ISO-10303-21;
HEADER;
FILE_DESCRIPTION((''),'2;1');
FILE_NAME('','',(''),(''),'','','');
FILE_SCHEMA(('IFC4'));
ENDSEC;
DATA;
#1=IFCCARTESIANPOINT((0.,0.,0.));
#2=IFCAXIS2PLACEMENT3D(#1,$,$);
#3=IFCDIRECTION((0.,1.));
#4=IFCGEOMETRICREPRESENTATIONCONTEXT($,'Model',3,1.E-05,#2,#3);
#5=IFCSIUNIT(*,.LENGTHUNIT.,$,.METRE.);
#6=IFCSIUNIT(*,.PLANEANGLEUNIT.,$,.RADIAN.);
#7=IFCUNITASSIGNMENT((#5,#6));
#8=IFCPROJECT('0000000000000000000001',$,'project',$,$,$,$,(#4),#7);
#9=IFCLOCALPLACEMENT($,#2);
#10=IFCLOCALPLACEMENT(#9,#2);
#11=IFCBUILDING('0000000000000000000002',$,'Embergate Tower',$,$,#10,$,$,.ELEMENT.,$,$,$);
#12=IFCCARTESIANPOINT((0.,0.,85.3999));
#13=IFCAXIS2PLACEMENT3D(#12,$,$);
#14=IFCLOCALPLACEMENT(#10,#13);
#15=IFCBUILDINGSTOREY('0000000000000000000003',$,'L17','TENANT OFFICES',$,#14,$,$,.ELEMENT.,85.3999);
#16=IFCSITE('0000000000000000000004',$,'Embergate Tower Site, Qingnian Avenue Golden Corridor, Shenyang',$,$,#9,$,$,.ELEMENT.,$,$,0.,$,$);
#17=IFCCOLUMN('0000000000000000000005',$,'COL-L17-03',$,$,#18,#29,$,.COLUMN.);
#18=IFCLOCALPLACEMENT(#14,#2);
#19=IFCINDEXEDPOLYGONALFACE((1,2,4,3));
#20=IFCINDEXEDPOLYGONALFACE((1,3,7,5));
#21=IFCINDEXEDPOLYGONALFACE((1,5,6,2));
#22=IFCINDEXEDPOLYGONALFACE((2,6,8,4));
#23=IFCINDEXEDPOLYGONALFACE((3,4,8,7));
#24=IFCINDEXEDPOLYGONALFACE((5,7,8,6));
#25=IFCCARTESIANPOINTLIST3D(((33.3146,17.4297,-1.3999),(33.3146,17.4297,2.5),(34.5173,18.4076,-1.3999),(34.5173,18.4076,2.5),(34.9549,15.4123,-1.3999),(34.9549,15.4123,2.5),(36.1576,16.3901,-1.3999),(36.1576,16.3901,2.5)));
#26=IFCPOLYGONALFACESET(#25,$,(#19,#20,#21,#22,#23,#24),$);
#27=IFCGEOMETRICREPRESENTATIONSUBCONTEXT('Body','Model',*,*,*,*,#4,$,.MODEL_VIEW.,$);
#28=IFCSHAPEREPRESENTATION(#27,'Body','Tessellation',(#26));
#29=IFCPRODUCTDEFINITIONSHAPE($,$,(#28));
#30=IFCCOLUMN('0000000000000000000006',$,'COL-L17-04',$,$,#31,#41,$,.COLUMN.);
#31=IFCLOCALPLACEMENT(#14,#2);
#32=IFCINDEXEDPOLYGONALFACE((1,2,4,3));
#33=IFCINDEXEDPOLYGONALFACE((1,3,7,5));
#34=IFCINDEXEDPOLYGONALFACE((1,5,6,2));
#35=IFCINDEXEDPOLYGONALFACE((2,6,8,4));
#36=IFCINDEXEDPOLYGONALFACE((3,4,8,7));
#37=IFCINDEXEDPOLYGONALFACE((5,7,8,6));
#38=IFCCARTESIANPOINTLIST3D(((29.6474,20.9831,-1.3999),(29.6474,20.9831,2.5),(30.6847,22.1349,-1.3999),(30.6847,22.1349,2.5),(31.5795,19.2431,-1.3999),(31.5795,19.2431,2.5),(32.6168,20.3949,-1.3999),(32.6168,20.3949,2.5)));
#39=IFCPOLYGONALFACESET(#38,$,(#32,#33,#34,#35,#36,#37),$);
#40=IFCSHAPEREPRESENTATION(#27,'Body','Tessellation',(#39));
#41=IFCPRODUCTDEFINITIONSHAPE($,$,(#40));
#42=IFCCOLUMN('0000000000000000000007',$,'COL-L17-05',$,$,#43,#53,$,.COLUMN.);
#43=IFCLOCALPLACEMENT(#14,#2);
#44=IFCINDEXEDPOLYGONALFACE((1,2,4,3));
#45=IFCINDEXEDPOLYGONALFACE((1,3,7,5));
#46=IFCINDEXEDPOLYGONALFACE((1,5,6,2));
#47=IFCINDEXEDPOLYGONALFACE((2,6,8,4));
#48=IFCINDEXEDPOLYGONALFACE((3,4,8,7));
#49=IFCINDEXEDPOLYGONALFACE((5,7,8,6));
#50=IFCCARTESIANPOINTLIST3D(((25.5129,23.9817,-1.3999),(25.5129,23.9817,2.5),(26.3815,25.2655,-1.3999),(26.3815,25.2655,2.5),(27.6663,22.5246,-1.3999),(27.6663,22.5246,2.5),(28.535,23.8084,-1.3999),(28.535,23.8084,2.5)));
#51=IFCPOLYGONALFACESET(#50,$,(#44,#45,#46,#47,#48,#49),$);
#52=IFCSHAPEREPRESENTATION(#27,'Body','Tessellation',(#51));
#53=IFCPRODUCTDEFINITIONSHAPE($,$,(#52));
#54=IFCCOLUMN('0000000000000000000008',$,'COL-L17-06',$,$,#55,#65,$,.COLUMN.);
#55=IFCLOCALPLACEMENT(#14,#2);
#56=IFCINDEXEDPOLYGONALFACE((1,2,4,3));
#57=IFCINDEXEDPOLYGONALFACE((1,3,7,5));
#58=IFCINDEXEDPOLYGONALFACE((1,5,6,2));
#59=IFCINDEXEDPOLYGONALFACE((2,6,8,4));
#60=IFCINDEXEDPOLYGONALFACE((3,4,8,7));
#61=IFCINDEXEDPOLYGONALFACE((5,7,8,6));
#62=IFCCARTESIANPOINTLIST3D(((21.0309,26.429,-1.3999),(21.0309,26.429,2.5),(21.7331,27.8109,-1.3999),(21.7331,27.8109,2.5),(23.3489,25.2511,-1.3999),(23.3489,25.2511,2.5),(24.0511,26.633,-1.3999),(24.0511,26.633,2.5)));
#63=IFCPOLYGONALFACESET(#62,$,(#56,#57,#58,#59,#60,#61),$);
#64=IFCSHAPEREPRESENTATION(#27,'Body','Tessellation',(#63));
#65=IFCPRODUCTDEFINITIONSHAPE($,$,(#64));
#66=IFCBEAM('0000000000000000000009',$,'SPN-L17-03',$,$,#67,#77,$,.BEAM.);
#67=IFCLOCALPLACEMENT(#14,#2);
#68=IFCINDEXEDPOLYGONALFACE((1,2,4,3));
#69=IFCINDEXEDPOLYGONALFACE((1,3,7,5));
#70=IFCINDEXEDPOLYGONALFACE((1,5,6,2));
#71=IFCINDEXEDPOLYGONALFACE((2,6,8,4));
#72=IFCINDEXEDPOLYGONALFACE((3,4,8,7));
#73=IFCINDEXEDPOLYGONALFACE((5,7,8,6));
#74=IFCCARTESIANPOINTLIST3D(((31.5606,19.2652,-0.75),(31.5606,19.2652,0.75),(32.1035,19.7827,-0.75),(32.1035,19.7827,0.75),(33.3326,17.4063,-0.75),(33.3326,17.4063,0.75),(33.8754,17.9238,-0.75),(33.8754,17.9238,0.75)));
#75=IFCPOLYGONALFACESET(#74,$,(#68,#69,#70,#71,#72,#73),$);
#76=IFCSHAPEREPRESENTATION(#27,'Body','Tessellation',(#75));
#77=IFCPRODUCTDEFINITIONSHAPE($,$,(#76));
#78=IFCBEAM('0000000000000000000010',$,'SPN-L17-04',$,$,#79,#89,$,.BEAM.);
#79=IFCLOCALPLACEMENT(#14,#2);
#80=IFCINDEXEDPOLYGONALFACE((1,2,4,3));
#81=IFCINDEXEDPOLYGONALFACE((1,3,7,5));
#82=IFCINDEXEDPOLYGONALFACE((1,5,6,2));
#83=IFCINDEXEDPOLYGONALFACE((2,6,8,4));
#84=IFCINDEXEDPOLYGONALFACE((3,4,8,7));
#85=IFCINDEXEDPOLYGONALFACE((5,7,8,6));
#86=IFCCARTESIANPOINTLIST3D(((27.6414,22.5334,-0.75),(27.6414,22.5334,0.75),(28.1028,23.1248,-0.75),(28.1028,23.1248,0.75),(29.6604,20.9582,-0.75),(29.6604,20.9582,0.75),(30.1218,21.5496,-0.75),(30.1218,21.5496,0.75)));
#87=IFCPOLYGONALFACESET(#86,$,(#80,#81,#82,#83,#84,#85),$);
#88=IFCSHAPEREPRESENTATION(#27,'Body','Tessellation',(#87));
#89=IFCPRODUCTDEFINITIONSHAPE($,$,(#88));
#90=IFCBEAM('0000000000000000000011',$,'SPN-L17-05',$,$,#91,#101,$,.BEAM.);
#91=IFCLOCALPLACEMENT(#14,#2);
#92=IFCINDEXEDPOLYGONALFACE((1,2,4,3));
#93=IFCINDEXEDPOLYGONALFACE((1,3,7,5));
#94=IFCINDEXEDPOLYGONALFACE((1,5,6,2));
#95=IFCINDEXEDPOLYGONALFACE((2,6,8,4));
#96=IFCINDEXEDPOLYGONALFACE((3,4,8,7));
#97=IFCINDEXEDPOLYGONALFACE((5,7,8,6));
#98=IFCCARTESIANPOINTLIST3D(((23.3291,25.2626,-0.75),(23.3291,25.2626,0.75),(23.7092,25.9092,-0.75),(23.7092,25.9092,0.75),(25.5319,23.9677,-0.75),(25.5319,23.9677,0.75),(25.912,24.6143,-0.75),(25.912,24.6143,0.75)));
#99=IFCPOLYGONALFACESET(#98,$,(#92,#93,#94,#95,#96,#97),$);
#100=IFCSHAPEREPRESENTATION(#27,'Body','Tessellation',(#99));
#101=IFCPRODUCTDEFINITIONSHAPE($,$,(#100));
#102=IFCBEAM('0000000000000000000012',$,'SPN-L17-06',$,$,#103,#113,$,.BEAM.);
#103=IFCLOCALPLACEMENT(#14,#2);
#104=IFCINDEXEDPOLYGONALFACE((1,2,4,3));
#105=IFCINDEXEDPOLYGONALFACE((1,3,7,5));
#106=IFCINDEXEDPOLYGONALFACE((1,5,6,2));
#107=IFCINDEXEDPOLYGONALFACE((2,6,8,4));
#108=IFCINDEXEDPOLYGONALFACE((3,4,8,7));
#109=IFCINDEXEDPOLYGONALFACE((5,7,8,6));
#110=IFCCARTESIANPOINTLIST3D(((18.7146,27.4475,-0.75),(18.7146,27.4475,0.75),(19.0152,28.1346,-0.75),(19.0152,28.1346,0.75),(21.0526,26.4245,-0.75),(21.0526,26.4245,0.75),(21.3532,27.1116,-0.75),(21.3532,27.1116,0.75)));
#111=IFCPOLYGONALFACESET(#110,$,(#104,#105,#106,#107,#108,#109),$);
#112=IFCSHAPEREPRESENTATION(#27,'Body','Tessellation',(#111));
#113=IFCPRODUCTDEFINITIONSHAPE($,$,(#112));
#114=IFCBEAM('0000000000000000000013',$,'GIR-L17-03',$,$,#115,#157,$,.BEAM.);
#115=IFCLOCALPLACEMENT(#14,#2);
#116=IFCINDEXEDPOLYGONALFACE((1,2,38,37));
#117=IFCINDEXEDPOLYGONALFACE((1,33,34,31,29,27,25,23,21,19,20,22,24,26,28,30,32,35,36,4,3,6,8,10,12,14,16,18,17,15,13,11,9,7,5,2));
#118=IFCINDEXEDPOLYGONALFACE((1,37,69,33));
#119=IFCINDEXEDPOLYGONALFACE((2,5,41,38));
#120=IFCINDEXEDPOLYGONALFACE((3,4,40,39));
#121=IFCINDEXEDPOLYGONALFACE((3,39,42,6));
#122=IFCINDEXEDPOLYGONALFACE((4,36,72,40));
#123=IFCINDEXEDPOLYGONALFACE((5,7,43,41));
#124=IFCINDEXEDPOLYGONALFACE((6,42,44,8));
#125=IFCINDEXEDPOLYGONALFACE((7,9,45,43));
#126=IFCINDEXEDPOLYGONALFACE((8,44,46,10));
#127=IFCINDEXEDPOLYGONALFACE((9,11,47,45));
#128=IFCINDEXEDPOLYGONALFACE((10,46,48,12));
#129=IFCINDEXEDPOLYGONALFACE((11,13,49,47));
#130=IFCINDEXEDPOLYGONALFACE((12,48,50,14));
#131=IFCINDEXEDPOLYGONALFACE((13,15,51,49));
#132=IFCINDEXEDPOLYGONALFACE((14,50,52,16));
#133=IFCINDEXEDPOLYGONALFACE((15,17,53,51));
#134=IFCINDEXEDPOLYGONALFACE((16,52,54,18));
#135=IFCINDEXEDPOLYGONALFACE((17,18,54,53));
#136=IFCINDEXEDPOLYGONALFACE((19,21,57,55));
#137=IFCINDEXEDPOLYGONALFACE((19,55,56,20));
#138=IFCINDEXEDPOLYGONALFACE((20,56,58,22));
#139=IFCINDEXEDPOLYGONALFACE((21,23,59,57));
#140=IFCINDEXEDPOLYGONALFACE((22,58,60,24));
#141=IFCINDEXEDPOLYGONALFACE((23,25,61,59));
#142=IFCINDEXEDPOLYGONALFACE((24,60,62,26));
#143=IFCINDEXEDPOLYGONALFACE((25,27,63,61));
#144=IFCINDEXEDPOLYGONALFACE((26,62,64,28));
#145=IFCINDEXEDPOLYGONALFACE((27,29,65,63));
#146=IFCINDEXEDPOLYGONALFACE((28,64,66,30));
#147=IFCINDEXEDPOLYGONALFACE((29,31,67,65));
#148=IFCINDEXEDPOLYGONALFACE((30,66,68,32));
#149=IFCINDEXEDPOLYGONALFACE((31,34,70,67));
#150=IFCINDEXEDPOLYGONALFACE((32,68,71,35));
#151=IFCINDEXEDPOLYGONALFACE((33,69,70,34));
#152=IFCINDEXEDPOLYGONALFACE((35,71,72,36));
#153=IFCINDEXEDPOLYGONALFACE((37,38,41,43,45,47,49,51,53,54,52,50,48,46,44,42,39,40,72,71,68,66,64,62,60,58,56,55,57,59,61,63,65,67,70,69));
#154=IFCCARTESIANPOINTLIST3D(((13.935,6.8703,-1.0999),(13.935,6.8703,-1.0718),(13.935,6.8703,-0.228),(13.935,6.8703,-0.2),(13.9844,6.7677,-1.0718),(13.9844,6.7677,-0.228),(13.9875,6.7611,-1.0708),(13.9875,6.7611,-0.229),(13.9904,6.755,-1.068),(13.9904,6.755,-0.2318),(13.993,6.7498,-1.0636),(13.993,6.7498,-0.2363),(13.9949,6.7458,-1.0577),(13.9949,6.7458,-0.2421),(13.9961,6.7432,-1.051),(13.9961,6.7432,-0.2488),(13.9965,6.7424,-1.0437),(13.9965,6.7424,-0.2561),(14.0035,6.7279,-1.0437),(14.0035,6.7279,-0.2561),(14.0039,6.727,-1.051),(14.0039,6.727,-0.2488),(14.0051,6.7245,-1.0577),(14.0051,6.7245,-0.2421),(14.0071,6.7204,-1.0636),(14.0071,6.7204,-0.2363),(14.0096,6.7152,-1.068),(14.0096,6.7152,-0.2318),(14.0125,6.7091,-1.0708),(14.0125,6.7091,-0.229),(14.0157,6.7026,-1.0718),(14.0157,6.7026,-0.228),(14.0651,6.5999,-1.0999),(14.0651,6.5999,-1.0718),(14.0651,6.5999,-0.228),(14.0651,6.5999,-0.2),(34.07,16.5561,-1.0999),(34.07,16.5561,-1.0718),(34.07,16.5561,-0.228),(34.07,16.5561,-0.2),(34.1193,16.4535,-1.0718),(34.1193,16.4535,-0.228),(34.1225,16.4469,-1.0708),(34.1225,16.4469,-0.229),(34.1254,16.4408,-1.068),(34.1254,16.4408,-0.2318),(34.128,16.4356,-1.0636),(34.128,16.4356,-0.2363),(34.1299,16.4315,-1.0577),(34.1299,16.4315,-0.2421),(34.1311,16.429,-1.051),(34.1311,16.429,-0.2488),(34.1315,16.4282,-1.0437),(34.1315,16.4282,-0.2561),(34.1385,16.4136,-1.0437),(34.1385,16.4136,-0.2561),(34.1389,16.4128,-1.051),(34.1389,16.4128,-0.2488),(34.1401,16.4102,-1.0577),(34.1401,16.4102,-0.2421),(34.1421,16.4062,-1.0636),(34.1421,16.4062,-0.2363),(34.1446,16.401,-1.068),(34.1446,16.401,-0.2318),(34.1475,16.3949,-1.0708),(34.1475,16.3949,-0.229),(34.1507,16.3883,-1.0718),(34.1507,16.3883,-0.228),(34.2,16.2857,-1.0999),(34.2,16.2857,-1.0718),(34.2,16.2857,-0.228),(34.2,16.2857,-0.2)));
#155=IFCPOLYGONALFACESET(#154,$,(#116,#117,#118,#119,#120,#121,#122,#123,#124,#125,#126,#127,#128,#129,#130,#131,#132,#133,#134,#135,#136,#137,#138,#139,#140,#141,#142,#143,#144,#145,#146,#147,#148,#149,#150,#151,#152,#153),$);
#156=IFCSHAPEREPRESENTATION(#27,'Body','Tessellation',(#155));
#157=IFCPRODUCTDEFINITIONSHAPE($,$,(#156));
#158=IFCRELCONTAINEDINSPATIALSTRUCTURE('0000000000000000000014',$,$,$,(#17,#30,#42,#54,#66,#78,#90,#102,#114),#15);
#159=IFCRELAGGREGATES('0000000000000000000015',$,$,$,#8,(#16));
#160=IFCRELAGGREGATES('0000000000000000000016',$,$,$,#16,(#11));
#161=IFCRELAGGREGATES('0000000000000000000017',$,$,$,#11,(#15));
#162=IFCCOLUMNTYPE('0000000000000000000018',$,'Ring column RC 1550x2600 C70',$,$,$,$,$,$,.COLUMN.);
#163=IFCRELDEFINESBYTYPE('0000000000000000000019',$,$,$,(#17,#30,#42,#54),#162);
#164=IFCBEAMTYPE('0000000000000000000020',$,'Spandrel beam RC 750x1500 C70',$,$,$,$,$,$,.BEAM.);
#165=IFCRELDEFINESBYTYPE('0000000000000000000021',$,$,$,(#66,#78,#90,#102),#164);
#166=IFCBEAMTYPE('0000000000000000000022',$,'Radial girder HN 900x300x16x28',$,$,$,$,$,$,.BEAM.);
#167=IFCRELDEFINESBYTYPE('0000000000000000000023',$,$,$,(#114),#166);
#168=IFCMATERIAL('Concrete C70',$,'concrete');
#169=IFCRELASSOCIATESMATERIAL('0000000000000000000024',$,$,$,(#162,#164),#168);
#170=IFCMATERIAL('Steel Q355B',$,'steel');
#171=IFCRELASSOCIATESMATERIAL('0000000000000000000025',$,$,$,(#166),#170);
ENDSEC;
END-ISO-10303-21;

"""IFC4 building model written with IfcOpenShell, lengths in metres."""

from ifc_helpers import new_model, si_unit, direction, frame, origin, origin_2d, place, context, subcontext, project, spatial, rectangle, i_section, extrude, source, transform, mapped, material, material_profile, profile_set, type_object, element, save


model = new_model("IFC4")

# Units and contexts
model_context = context("Model", 3, precision=1e-05, world=origin(), true_north=direction((0.0, 1.0)))
body_context = subcontext(model_context, "Body", "Model", "MODEL_VIEW")
ifc_project = project(units=[si_unit("LENGTHUNIT", "METRE"), si_unit("PLANEANGLEUNIT", "RADIAN")], contexts=[model_context])

# Site, building, storey
site_placement = place(None, origin())
site = spatial("IfcSite", under=ifc_project, at=site_placement, Name="Embergate Tower Site, Qingnian Avenue Golden Corridor, Shenyang", CompositionType="ELEMENT", RefElevation=0.0)
building_placement = place(site_placement, origin())
building = spatial("IfcBuilding", under=site, at=building_placement, Name="Embergate Tower", CompositionType="ELEMENT")
storey_placement = place(building_placement, frame((0.0, 0.0, 85.3999)))
storey = spatial("IfcBuildingStorey", under=building, at=storey_placement, Name="L17", Description="TENANT OFFICES", CompositionType="ELEMENT", Elevation=85.3999)

# Columns
ifc_material_1 = material(Name="Concrete C70", Category="concrete")
ifc_material_profile_1 = material_profile(ifc_material_1, rectangle(XDim=1.55, YDim=2.6001, at=origin_2d()), Name="RC 1550x2600")
ifc_profile_set_1 = profile_set([ifc_material_profile_1], Name="Concrete C70")
column_type = type_object("IfcColumnType", Name="Ring column RC 1550x2600 C70", PredefinedType="COLUMN", material=ifc_profile_set_1)
shared_shape_1 = source(origin(), body_context, "Body", "SweptSolid", [
    extrude(rectangle(XDim=1.55, YDim=2.6001, at=origin_2d()), origin(), (0.0, 0.0, 1.0), 3.8999),
])
for number, where, z_axis, x_axis, name in (
    (1, (34.7361, 16.9099, -1.3999), (0.0, 0.0, 1.0), (0.775914, 0.630838, 0.0), "COL-L17-03"),
    (2, (31.1321, 20.689, -1.3999), (0.0, 0.0, 1.0), (0.669208, 0.743075, 0.0), "COL-L17-04"),
    (3, (27.0239, 23.895, -1.3999), (0.0, 0.0, 1.0), (0.560393, 0.828227, 0.0), "COL-L17-05"),
    (4, (22.541, 26.531, -1.3999), (0.0, 0.0, 1.0), (0.452995, 0.891513, 0.0), "COL-L17-06"),
):
    element("IfcColumn", number, at=place(storey_placement, frame(where, z_axis=z_axis, x_axis=x_axis)), inside=storey, type_object=column_type, Name=name, PredefinedType="COLUMN", context=body_context, shape_type="MappedRepresentation", body=[
        mapped(shared_shape_1, transform((0.0, 0.0, 0.0))),
    ])

# Beams
ifc_material_profile_2 = material_profile(ifc_material_1, rectangle(XDim=0.75, YDim=1.5, at=origin_2d()), Name="RC 750x1500")
ifc_profile_set_2 = profile_set([ifc_material_profile_2], Name="Concrete C70")
beam_type_1 = type_object("IfcBeamType", Name="Spandrel beam RC 750x1500 C70", PredefinedType="BEAM", material=ifc_profile_set_2)
shared_shape_2 = source(origin(), body_context, "Body", "SweptSolid", [
    extrude(rectangle(XDim=0.75, YDim=1.5, at=origin_2d()), origin(), (0.0, 0.0, 1.0), 2.5681),
])
beam_1_placement = place(storey_placement, frame((33.604, 17.665, 0.0), z_axis=(-0.689983, 0.723826, 0.0), x_axis=(-0.723826, -0.689983, 0.0)))
element("IfcBeam", 5, at=beam_1_placement, inside=storey, type_object=beam_type_1, Name="SPN-L17-03", PredefinedType="BEAM", context=body_context, shape_type="MappedRepresentation", body=[
    mapped(shared_shape_2, transform((0.0, 0.0, 0.0))),
])
shared_shape_3 = source(origin(), body_context, "Body", "SweptSolid", [
    extrude(rectangle(XDim=0.75, YDim=1.5, at=origin_2d()), origin(), (0.0, 0.0, 1.0), 2.5608),
])
beam_2_placement = place(storey_placement, frame((29.8911, 21.2539, 0.0), z_axis=(-0.788438, 0.615115, 0.0), x_axis=(-0.615115, -0.788438, 0.0)))
element("IfcBeam", 6, at=beam_2_placement, inside=storey, type_object=beam_type_1, Name="SPN-L17-04", PredefinedType="BEAM", context=body_context, shape_type="MappedRepresentation", body=[
    mapped(shared_shape_3, transform((0.0, 0.0, 0.0))),
])
shared_shape_4 = source(origin(), body_context, "Body", "SweptSolid", [
    extrude(rectangle(XDim=0.75, YDim=1.5, at=origin_2d()), origin(), (0.0, 0.0, 1.0), 2.5552),
])
beam_3_placement = place(storey_placement, frame((25.7219, 24.291, 0.0), z_axis=(-0.862086, 0.506761, 0.0), x_axis=(-0.506761, -0.862086, 0.0)))
element("IfcBeam", 7, at=beam_3_placement, inside=storey, type_object=beam_type_1, Name="SPN-L17-05", PredefinedType="BEAM", context=body_context, shape_type="MappedRepresentation", body=[
    mapped(shared_shape_4, transform((0.0, 0.0, 0.0))),
])
shared_shape_5 = source(origin(), body_context, "Body", "SweptSolid", [
    extrude(rectangle(XDim=0.75, YDim=1.5, at=origin_2d()), origin(), (0.0, 0.0, 1.0), 2.552),
])
beam_4_placement = place(storey_placement, frame((21.2029, 26.7681, 0.0), z_axis=(-0.91614, 0.400859, 0.0), x_axis=(-0.400859, -0.91614, 0.0)))
element("IfcBeam", 8, at=beam_4_placement, inside=storey, type_object=beam_type_1, Name="SPN-L17-06", PredefinedType="BEAM", context=body_context, shape_type="MappedRepresentation", body=[
    mapped(shared_shape_5, transform((0.0, 0.0, 0.0))),
])
ifc_material_2 = material(Name="Steel Q355B", Category="steel")
ifc_material_profile_3 = material_profile(ifc_material_2, i_section(OverallWidth=0.3, OverallDepth=0.8999, WebThickness=0.0161, FlangeThickness=0.0281, FilletRadius=0.0281, at=origin_2d()), Name="HN 900x300x16x28")
ifc_profile_set_3 = profile_set([ifc_material_profile_3], Name="Steel Q355 grade B")
beam_type_2 = type_object("IfcBeamType", Name="Radial girder HN 900x300x16x28", PredefinedType="BEAM", material=ifc_profile_set_3)
shared_shape_6 = source(origin(), body_context, "Body", "SweptSolid", [
    extrude(i_section(OverallWidth=0.3, OverallDepth=0.8999, WebThickness=0.0161, FlangeThickness=0.0281, FilletRadius=0.0281, at=origin_2d()), origin(), (0.0, 0.0, 1.0), 22.3435),
])
beam_5_placement = place(storey_placement, frame((34.135, 16.4209, -0.6499), z_axis=(-0.901156, -0.433494, 0.0), x_axis=(0.433494, -0.901156, 0.0)))
element("IfcBeam", 9, at=beam_5_placement, inside=storey, type_object=beam_type_2, Name="GIR-L17-03", PredefinedType="BEAM", context=body_context, shape_type="MappedRepresentation", body=[
    mapped(shared_shape_6, transform((0.0, 0.0, 0.0))),
])

save(model, "model.ifc")
